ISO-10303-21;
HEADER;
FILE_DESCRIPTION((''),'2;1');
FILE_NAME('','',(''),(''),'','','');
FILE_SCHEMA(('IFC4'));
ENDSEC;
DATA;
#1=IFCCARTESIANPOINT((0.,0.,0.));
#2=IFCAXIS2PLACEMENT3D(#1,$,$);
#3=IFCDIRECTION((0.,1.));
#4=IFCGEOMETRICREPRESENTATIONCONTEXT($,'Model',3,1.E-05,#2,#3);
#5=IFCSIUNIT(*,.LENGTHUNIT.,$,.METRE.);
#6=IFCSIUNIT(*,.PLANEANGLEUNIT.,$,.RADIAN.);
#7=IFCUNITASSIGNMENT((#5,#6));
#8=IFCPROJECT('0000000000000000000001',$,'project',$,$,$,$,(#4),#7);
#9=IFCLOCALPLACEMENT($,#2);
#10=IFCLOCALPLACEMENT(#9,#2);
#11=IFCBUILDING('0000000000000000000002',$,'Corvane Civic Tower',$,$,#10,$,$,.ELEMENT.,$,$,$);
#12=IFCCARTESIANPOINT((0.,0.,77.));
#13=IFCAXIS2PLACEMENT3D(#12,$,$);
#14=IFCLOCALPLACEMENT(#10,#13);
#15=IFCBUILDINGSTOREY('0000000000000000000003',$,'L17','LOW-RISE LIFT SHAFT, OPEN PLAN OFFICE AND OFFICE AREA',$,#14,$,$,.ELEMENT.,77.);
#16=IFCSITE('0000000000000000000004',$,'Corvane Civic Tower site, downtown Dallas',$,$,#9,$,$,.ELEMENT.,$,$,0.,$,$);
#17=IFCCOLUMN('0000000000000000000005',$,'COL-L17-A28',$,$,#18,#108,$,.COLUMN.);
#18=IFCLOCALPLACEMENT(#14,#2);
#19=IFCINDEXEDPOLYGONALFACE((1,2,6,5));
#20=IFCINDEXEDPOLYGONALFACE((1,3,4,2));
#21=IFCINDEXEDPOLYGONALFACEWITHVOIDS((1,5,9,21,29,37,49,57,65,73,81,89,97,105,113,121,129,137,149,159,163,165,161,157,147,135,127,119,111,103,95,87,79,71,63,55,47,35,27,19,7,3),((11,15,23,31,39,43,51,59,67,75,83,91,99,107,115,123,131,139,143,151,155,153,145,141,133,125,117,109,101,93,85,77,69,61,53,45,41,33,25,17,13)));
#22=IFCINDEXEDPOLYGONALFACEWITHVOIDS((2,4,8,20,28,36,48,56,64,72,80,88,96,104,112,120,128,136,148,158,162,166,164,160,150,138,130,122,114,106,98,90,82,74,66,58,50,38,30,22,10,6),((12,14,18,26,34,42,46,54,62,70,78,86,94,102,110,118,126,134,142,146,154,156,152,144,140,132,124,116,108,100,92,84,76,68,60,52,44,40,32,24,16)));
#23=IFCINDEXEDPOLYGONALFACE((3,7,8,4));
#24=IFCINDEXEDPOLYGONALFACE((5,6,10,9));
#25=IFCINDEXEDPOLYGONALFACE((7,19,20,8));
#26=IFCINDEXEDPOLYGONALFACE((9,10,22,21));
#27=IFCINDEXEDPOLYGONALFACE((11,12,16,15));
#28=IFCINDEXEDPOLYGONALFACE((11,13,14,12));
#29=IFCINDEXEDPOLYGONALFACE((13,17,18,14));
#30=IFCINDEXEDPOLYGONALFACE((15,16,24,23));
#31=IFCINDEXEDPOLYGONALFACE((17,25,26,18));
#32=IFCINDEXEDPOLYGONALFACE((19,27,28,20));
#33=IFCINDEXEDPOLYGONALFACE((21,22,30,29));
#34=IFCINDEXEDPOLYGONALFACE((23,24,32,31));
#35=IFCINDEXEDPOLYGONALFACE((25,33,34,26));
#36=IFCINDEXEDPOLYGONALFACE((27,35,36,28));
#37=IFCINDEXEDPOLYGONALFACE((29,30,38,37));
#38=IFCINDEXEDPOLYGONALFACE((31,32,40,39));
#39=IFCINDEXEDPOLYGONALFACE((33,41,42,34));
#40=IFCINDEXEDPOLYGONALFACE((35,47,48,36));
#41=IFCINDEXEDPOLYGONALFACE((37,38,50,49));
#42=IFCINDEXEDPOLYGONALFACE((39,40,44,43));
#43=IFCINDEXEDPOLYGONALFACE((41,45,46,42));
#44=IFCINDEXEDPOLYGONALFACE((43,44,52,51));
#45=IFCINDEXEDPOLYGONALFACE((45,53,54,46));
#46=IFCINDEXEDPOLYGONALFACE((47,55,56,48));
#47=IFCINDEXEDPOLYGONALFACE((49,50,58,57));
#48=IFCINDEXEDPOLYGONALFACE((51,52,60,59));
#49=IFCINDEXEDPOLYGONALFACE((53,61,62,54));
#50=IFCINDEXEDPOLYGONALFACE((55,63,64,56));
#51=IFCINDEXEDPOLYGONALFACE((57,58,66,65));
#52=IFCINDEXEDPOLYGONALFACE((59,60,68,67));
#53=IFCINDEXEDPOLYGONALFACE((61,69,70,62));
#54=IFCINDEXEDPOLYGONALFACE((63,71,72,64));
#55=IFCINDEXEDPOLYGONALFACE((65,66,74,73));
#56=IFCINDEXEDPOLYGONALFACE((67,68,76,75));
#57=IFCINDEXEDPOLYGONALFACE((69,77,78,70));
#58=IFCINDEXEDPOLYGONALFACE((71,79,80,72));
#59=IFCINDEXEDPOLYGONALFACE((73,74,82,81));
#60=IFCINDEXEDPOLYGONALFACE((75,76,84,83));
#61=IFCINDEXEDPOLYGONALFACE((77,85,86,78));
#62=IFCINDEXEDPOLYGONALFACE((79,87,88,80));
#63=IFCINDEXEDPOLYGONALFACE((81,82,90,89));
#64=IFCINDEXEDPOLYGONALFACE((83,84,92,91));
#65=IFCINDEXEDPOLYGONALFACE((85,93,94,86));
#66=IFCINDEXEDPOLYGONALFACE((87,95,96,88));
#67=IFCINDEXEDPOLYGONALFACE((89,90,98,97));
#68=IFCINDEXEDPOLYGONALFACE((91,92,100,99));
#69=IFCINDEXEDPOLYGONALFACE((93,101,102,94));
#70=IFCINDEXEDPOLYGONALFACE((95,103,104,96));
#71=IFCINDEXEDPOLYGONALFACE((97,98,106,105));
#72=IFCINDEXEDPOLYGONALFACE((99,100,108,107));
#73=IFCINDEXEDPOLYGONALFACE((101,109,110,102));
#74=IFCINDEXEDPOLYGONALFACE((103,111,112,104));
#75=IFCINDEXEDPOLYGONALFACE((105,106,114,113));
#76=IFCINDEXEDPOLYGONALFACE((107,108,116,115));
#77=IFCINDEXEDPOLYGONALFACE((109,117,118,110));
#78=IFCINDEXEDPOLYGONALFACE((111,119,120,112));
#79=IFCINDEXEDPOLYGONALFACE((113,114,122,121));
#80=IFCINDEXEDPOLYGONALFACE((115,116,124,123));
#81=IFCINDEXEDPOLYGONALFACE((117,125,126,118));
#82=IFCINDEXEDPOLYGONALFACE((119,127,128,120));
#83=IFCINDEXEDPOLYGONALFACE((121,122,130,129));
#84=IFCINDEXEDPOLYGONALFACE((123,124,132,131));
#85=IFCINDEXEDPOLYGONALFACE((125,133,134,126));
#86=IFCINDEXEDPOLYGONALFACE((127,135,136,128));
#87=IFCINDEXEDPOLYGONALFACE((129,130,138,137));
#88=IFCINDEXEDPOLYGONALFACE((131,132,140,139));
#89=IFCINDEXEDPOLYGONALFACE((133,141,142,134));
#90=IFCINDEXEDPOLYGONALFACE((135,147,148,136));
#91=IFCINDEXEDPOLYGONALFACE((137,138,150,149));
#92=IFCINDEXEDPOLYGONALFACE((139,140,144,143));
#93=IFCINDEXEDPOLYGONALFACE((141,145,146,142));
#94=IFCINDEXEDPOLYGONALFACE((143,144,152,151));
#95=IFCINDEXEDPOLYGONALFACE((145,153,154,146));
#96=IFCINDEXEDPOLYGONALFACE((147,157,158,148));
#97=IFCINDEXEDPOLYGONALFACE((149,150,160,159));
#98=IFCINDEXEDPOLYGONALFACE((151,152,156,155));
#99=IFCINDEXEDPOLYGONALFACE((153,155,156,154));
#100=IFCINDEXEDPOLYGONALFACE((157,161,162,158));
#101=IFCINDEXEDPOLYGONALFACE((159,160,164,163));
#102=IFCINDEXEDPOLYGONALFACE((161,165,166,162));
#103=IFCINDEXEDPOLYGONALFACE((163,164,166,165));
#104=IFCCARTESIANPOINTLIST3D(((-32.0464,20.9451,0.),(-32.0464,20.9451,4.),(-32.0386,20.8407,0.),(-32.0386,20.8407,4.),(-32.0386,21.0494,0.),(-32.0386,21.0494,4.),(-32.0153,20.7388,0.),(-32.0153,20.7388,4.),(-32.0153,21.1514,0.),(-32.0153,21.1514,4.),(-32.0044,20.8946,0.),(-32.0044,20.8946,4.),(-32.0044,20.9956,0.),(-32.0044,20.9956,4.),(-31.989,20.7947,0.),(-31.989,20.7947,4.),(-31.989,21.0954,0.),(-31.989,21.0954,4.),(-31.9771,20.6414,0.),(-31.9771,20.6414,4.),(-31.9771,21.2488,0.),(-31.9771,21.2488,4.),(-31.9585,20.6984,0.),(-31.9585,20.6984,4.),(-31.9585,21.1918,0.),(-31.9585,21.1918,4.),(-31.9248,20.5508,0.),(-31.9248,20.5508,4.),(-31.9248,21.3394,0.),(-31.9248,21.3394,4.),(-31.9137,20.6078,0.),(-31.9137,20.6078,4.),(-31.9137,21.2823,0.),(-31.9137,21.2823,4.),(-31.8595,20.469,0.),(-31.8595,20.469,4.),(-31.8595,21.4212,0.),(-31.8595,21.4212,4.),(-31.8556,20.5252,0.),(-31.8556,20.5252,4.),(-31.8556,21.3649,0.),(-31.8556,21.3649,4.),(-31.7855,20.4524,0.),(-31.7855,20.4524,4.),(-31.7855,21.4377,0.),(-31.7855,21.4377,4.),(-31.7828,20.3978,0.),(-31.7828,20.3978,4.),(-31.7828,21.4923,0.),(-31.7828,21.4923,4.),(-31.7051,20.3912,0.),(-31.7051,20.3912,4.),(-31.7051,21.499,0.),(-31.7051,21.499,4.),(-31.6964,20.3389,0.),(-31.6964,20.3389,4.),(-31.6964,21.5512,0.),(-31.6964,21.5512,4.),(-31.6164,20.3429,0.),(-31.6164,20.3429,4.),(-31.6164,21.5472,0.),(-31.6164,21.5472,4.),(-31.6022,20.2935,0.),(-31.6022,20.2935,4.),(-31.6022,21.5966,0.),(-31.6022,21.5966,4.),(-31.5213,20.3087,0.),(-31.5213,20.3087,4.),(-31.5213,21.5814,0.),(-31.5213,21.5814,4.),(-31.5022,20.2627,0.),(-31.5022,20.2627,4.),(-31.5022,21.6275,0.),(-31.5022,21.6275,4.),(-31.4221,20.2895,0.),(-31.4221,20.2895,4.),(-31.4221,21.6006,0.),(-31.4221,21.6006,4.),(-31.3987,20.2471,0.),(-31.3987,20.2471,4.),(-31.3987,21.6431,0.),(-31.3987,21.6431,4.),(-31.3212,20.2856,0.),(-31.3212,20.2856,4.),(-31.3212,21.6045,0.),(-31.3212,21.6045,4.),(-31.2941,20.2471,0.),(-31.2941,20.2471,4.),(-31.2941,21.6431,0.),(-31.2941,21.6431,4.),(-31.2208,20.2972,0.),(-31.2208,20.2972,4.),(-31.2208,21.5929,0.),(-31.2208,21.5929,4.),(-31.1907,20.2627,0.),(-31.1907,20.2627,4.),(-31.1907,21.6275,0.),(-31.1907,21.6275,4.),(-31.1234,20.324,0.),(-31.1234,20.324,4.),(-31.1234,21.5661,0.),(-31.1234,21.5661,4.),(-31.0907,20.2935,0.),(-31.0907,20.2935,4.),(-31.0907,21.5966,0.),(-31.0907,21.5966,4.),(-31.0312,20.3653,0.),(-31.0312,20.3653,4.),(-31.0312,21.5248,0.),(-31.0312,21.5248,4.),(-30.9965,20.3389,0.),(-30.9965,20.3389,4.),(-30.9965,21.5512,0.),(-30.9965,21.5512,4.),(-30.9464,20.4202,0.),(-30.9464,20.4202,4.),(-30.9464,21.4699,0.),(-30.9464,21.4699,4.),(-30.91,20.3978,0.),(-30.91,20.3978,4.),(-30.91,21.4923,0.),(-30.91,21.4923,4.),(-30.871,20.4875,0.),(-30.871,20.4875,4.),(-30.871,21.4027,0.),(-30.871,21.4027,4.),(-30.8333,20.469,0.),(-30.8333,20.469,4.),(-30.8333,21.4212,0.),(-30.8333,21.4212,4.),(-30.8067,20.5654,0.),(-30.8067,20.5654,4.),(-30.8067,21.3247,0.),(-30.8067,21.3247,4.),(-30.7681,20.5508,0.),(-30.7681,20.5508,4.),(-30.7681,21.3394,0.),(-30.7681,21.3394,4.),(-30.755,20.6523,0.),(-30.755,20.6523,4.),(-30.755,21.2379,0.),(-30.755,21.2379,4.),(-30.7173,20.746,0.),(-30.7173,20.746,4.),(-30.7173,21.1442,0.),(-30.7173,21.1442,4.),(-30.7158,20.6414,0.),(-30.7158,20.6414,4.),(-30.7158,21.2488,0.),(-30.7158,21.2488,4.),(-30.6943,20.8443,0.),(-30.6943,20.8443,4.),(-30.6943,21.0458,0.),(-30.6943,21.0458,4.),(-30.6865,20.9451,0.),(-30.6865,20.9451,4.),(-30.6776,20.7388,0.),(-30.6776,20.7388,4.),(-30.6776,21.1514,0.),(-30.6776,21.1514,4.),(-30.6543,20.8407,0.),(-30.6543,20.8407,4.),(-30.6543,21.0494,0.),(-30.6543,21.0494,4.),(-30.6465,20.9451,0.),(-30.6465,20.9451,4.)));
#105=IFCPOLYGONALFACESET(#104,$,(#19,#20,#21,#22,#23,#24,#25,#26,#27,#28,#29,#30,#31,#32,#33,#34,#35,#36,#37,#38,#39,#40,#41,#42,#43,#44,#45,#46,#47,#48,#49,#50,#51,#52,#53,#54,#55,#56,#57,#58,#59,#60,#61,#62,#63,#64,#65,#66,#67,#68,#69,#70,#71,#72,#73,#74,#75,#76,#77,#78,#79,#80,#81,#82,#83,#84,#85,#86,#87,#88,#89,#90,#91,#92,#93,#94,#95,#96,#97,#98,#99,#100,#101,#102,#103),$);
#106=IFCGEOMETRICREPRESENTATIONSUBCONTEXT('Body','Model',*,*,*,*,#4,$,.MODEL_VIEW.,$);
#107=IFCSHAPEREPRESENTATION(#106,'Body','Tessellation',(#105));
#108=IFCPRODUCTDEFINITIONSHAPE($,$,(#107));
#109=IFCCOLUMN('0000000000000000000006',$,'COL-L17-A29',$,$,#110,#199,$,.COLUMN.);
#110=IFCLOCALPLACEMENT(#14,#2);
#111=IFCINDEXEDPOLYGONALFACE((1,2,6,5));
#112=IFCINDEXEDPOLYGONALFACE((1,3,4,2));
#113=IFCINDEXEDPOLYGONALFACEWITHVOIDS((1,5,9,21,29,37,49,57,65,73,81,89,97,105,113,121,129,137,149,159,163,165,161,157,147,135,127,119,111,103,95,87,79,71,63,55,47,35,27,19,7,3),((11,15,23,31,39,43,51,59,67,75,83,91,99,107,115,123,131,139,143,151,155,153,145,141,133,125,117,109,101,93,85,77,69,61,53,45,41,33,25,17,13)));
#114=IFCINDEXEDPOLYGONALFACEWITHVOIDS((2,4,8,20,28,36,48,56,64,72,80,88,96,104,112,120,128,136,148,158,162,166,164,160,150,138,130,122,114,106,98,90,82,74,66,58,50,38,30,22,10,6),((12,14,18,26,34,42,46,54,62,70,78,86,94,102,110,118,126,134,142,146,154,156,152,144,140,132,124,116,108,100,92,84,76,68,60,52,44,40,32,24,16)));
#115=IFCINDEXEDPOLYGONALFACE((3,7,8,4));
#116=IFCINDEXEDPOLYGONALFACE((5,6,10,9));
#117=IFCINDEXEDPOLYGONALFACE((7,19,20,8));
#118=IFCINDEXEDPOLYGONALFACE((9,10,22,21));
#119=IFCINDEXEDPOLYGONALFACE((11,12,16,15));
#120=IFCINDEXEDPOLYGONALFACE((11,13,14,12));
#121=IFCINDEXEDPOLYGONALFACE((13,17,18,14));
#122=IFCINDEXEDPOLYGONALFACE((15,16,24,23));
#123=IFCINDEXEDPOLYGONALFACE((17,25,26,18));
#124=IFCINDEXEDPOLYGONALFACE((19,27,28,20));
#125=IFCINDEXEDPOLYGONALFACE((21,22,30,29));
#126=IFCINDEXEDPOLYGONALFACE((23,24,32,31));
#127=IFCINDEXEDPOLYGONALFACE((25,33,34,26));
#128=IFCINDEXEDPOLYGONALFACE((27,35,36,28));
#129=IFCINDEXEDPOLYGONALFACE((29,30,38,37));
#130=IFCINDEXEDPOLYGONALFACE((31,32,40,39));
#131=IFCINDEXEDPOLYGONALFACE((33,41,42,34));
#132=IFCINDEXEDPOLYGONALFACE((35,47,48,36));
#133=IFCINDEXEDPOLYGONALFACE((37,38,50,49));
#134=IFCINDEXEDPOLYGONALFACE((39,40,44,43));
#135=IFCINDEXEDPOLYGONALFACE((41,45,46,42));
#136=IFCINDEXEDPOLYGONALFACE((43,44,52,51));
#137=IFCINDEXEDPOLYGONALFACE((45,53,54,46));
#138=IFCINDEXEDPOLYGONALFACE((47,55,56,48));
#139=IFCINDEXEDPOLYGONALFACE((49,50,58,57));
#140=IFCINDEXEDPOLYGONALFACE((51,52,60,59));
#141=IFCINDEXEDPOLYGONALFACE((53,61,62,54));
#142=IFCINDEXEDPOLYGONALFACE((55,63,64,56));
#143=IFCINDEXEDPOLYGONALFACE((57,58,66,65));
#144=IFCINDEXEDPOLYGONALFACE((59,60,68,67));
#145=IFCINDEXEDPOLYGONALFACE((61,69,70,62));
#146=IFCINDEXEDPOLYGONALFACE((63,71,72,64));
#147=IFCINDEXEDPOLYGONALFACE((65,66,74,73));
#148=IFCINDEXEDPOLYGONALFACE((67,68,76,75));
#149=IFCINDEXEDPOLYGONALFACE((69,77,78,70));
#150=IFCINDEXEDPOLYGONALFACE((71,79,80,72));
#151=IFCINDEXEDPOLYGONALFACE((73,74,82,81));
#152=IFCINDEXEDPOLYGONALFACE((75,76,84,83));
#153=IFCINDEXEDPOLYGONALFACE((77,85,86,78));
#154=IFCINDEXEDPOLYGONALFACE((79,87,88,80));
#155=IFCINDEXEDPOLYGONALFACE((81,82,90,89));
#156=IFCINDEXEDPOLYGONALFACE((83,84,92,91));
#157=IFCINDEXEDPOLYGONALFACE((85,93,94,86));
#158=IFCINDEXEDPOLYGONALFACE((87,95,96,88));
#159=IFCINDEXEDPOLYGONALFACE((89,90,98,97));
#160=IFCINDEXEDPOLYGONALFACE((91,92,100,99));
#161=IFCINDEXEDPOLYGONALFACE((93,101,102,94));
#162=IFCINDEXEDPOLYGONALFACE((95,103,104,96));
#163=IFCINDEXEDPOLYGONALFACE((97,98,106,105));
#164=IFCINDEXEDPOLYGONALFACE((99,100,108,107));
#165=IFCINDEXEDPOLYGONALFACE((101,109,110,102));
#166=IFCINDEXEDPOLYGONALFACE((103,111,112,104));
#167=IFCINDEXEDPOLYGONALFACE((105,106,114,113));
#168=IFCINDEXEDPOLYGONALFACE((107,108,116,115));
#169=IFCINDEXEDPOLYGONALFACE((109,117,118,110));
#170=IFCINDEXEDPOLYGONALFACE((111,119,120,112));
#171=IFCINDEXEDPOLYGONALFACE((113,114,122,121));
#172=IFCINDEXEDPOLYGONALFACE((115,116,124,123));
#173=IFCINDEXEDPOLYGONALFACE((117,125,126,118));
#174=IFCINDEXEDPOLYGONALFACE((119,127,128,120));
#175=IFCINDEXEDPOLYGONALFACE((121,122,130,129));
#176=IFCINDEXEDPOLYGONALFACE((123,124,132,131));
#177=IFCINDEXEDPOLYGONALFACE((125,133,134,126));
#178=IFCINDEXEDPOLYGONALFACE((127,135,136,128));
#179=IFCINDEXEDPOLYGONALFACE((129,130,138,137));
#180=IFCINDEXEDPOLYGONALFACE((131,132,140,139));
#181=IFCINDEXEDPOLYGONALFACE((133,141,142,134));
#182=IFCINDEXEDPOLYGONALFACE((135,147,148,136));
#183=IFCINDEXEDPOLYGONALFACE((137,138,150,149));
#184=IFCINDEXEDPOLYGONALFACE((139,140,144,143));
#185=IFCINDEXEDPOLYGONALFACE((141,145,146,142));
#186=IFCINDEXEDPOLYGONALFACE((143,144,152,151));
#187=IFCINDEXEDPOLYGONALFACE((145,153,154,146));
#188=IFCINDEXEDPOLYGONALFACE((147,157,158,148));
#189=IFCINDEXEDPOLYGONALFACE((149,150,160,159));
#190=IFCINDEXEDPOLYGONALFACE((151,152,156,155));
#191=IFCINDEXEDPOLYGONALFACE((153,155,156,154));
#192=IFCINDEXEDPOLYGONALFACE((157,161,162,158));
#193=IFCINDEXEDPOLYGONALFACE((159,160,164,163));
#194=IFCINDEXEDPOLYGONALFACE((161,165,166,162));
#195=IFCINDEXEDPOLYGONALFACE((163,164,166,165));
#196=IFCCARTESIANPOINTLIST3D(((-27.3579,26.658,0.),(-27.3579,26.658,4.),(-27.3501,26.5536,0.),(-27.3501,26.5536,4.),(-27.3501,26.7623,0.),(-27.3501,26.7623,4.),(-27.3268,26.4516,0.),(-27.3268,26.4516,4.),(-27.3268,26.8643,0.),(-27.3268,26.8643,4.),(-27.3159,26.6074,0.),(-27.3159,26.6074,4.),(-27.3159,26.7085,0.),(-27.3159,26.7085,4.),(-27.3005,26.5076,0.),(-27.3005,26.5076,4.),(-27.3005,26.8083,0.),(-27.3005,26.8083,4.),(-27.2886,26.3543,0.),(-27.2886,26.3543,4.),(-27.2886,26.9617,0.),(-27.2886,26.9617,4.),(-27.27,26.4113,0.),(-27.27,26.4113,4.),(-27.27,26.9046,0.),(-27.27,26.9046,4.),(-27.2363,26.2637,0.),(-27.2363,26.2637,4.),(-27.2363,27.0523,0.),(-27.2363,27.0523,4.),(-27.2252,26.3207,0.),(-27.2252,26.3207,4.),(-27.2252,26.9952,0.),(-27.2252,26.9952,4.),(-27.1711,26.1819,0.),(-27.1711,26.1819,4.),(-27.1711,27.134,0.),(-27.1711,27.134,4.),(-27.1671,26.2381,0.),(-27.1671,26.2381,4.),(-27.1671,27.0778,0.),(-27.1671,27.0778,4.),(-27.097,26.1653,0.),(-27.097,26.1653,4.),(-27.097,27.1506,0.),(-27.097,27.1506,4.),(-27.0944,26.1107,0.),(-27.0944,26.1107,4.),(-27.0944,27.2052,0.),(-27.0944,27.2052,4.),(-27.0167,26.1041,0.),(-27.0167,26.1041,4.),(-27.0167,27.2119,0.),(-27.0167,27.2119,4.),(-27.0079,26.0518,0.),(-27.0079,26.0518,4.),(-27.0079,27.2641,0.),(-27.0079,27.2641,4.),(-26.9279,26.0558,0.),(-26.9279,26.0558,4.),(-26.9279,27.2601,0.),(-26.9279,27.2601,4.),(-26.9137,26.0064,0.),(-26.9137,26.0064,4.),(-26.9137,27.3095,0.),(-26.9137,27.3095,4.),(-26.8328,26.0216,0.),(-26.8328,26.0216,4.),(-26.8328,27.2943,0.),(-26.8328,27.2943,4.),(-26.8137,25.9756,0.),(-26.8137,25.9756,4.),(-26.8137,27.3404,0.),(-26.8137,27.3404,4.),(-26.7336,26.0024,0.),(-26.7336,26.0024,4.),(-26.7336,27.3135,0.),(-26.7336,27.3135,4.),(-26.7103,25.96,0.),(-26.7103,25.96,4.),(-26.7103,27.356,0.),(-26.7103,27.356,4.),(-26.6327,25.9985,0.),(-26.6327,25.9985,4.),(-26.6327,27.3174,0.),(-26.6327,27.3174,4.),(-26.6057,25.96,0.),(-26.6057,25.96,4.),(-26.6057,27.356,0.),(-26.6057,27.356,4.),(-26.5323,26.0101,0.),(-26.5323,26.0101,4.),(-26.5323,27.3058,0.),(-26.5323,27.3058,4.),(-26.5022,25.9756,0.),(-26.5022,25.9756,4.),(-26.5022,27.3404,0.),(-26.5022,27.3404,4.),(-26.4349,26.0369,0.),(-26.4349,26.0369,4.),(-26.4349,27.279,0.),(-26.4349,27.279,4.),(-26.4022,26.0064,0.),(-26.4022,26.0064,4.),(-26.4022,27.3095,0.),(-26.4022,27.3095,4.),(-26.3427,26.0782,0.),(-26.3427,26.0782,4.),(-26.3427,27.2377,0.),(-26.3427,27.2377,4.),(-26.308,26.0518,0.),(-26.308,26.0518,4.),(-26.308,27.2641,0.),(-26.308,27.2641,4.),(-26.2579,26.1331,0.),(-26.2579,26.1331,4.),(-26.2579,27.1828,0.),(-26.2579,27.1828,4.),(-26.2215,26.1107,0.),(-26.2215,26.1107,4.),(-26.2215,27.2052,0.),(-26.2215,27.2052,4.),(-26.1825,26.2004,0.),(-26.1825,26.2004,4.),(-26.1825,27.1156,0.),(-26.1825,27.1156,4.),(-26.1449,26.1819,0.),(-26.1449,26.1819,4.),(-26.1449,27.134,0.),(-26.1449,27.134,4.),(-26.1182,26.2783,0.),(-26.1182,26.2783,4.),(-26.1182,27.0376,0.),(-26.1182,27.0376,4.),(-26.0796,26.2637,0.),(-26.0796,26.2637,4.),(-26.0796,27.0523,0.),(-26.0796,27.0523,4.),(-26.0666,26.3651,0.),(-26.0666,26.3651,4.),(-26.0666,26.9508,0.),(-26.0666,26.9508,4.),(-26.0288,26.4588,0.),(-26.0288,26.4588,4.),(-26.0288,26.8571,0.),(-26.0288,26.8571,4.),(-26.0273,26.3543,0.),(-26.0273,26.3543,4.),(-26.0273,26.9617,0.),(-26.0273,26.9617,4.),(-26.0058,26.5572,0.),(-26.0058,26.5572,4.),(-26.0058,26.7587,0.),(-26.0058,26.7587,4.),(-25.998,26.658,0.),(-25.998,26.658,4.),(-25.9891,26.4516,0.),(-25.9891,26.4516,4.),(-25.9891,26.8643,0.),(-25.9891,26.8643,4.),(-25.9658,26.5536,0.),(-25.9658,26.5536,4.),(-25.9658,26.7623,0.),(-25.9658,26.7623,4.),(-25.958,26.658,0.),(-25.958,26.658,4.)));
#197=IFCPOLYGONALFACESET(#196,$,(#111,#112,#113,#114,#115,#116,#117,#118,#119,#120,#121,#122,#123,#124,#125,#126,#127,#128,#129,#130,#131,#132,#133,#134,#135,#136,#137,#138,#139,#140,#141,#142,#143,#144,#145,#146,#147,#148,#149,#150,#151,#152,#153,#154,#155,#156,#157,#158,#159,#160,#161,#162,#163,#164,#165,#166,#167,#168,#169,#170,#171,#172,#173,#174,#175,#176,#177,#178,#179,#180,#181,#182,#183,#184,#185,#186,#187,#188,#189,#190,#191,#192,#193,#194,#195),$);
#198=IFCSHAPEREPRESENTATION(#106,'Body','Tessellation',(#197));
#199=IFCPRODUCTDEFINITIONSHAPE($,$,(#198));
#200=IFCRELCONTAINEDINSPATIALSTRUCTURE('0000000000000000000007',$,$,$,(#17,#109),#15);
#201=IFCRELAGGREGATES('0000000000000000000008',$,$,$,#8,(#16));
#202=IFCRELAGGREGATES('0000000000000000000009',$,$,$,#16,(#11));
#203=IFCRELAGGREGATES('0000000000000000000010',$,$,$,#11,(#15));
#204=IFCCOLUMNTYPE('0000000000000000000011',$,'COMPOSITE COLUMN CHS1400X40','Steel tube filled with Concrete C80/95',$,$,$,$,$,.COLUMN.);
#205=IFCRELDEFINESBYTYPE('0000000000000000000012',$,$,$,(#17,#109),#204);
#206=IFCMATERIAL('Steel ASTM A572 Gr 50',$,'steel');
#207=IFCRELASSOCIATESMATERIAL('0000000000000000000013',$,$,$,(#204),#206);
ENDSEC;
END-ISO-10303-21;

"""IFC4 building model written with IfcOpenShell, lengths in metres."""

from ifc_helpers import new_model, si_unit, direction, frame, origin, origin_2d, place, context, subcontext, project, spatial, hollow_circle, extrude, material, material_profile, profile_set, type_object, element, save


model = new_model("IFC4")

# Units and contexts
model_context = context("Model", 3, precision=1e-05, world=origin(), true_north=direction((0.0, 1.0)))
body_context = subcontext(model_context, "Body", "Model", "MODEL_VIEW")
ifc_project = project(units=[si_unit("LENGTHUNIT", "METRE"), si_unit("PLANEANGLEUNIT", "RADIAN")], contexts=[model_context])

# Site, building, storey
site_placement = place(None, origin())
site = spatial("IfcSite", under=ifc_project, at=site_placement, Name="Corvane Civic Tower site, downtown Dallas", CompositionType="ELEMENT", RefElevation=0.0)
building_placement = place(site_placement, origin())
building = spatial("IfcBuilding", under=site, at=building_placement, Name="Corvane Civic Tower", CompositionType="ELEMENT")
storey_placement = place(building_placement, frame((0.0, 0.0, 77.0)))
storey = spatial("IfcBuildingStorey", under=building, at=storey_placement, Name="L17", Description="LOW-RISE LIFT SHAFT, OPEN PLAN OFFICE AND OFFICE AREA", CompositionType="ELEMENT", Elevation=77.0)

# Columns
ifc_material_1 = material(Name="Steel ASTM A572 Gr 50", Category="steel")
ifc_material_profile_1 = material_profile(ifc_material_1, hollow_circle(Radius=0.7, WallThickness=0.04, at=origin_2d()), Name="CHS1400X40")
ifc_profile_set_1 = profile_set([ifc_material_profile_1], Name="Steel ASTM A572 Gr 50")
column_type = type_object("IfcColumnType", Name="COMPOSITE COLUMN CHS1400X40", Description="Steel tube filled with Concrete C80/95", PredefinedType="COLUMN", material=ifc_profile_set_1)
for number, where, z_axis, x_axis, name in (
    (1, (-31.3464, 20.9451, 0.0), (0.0, 0.0, 1.0), (1.0, 0.0, 0.0), "COL-L17-A28"),
    (2, (-26.658, 26.658, 0.0), (0.0, 0.0, 1.0), (1.0, 0.0, 0.0), "COL-L17-A29"),
):
    element("IfcColumn", number, at=place(storey_placement, frame(where, z_axis=z_axis, x_axis=x_axis)), inside=storey, type_object=column_type, Name=name, PredefinedType="COLUMN", context=body_context, shape_type="SweptSolid", body=[
        extrude(hollow_circle(Radius=0.7, WallThickness=0.04, at=origin_2d()), origin(), (0.0, 0.0, 1.0), 4.0),
    ])

save(model, "model.ifc")
